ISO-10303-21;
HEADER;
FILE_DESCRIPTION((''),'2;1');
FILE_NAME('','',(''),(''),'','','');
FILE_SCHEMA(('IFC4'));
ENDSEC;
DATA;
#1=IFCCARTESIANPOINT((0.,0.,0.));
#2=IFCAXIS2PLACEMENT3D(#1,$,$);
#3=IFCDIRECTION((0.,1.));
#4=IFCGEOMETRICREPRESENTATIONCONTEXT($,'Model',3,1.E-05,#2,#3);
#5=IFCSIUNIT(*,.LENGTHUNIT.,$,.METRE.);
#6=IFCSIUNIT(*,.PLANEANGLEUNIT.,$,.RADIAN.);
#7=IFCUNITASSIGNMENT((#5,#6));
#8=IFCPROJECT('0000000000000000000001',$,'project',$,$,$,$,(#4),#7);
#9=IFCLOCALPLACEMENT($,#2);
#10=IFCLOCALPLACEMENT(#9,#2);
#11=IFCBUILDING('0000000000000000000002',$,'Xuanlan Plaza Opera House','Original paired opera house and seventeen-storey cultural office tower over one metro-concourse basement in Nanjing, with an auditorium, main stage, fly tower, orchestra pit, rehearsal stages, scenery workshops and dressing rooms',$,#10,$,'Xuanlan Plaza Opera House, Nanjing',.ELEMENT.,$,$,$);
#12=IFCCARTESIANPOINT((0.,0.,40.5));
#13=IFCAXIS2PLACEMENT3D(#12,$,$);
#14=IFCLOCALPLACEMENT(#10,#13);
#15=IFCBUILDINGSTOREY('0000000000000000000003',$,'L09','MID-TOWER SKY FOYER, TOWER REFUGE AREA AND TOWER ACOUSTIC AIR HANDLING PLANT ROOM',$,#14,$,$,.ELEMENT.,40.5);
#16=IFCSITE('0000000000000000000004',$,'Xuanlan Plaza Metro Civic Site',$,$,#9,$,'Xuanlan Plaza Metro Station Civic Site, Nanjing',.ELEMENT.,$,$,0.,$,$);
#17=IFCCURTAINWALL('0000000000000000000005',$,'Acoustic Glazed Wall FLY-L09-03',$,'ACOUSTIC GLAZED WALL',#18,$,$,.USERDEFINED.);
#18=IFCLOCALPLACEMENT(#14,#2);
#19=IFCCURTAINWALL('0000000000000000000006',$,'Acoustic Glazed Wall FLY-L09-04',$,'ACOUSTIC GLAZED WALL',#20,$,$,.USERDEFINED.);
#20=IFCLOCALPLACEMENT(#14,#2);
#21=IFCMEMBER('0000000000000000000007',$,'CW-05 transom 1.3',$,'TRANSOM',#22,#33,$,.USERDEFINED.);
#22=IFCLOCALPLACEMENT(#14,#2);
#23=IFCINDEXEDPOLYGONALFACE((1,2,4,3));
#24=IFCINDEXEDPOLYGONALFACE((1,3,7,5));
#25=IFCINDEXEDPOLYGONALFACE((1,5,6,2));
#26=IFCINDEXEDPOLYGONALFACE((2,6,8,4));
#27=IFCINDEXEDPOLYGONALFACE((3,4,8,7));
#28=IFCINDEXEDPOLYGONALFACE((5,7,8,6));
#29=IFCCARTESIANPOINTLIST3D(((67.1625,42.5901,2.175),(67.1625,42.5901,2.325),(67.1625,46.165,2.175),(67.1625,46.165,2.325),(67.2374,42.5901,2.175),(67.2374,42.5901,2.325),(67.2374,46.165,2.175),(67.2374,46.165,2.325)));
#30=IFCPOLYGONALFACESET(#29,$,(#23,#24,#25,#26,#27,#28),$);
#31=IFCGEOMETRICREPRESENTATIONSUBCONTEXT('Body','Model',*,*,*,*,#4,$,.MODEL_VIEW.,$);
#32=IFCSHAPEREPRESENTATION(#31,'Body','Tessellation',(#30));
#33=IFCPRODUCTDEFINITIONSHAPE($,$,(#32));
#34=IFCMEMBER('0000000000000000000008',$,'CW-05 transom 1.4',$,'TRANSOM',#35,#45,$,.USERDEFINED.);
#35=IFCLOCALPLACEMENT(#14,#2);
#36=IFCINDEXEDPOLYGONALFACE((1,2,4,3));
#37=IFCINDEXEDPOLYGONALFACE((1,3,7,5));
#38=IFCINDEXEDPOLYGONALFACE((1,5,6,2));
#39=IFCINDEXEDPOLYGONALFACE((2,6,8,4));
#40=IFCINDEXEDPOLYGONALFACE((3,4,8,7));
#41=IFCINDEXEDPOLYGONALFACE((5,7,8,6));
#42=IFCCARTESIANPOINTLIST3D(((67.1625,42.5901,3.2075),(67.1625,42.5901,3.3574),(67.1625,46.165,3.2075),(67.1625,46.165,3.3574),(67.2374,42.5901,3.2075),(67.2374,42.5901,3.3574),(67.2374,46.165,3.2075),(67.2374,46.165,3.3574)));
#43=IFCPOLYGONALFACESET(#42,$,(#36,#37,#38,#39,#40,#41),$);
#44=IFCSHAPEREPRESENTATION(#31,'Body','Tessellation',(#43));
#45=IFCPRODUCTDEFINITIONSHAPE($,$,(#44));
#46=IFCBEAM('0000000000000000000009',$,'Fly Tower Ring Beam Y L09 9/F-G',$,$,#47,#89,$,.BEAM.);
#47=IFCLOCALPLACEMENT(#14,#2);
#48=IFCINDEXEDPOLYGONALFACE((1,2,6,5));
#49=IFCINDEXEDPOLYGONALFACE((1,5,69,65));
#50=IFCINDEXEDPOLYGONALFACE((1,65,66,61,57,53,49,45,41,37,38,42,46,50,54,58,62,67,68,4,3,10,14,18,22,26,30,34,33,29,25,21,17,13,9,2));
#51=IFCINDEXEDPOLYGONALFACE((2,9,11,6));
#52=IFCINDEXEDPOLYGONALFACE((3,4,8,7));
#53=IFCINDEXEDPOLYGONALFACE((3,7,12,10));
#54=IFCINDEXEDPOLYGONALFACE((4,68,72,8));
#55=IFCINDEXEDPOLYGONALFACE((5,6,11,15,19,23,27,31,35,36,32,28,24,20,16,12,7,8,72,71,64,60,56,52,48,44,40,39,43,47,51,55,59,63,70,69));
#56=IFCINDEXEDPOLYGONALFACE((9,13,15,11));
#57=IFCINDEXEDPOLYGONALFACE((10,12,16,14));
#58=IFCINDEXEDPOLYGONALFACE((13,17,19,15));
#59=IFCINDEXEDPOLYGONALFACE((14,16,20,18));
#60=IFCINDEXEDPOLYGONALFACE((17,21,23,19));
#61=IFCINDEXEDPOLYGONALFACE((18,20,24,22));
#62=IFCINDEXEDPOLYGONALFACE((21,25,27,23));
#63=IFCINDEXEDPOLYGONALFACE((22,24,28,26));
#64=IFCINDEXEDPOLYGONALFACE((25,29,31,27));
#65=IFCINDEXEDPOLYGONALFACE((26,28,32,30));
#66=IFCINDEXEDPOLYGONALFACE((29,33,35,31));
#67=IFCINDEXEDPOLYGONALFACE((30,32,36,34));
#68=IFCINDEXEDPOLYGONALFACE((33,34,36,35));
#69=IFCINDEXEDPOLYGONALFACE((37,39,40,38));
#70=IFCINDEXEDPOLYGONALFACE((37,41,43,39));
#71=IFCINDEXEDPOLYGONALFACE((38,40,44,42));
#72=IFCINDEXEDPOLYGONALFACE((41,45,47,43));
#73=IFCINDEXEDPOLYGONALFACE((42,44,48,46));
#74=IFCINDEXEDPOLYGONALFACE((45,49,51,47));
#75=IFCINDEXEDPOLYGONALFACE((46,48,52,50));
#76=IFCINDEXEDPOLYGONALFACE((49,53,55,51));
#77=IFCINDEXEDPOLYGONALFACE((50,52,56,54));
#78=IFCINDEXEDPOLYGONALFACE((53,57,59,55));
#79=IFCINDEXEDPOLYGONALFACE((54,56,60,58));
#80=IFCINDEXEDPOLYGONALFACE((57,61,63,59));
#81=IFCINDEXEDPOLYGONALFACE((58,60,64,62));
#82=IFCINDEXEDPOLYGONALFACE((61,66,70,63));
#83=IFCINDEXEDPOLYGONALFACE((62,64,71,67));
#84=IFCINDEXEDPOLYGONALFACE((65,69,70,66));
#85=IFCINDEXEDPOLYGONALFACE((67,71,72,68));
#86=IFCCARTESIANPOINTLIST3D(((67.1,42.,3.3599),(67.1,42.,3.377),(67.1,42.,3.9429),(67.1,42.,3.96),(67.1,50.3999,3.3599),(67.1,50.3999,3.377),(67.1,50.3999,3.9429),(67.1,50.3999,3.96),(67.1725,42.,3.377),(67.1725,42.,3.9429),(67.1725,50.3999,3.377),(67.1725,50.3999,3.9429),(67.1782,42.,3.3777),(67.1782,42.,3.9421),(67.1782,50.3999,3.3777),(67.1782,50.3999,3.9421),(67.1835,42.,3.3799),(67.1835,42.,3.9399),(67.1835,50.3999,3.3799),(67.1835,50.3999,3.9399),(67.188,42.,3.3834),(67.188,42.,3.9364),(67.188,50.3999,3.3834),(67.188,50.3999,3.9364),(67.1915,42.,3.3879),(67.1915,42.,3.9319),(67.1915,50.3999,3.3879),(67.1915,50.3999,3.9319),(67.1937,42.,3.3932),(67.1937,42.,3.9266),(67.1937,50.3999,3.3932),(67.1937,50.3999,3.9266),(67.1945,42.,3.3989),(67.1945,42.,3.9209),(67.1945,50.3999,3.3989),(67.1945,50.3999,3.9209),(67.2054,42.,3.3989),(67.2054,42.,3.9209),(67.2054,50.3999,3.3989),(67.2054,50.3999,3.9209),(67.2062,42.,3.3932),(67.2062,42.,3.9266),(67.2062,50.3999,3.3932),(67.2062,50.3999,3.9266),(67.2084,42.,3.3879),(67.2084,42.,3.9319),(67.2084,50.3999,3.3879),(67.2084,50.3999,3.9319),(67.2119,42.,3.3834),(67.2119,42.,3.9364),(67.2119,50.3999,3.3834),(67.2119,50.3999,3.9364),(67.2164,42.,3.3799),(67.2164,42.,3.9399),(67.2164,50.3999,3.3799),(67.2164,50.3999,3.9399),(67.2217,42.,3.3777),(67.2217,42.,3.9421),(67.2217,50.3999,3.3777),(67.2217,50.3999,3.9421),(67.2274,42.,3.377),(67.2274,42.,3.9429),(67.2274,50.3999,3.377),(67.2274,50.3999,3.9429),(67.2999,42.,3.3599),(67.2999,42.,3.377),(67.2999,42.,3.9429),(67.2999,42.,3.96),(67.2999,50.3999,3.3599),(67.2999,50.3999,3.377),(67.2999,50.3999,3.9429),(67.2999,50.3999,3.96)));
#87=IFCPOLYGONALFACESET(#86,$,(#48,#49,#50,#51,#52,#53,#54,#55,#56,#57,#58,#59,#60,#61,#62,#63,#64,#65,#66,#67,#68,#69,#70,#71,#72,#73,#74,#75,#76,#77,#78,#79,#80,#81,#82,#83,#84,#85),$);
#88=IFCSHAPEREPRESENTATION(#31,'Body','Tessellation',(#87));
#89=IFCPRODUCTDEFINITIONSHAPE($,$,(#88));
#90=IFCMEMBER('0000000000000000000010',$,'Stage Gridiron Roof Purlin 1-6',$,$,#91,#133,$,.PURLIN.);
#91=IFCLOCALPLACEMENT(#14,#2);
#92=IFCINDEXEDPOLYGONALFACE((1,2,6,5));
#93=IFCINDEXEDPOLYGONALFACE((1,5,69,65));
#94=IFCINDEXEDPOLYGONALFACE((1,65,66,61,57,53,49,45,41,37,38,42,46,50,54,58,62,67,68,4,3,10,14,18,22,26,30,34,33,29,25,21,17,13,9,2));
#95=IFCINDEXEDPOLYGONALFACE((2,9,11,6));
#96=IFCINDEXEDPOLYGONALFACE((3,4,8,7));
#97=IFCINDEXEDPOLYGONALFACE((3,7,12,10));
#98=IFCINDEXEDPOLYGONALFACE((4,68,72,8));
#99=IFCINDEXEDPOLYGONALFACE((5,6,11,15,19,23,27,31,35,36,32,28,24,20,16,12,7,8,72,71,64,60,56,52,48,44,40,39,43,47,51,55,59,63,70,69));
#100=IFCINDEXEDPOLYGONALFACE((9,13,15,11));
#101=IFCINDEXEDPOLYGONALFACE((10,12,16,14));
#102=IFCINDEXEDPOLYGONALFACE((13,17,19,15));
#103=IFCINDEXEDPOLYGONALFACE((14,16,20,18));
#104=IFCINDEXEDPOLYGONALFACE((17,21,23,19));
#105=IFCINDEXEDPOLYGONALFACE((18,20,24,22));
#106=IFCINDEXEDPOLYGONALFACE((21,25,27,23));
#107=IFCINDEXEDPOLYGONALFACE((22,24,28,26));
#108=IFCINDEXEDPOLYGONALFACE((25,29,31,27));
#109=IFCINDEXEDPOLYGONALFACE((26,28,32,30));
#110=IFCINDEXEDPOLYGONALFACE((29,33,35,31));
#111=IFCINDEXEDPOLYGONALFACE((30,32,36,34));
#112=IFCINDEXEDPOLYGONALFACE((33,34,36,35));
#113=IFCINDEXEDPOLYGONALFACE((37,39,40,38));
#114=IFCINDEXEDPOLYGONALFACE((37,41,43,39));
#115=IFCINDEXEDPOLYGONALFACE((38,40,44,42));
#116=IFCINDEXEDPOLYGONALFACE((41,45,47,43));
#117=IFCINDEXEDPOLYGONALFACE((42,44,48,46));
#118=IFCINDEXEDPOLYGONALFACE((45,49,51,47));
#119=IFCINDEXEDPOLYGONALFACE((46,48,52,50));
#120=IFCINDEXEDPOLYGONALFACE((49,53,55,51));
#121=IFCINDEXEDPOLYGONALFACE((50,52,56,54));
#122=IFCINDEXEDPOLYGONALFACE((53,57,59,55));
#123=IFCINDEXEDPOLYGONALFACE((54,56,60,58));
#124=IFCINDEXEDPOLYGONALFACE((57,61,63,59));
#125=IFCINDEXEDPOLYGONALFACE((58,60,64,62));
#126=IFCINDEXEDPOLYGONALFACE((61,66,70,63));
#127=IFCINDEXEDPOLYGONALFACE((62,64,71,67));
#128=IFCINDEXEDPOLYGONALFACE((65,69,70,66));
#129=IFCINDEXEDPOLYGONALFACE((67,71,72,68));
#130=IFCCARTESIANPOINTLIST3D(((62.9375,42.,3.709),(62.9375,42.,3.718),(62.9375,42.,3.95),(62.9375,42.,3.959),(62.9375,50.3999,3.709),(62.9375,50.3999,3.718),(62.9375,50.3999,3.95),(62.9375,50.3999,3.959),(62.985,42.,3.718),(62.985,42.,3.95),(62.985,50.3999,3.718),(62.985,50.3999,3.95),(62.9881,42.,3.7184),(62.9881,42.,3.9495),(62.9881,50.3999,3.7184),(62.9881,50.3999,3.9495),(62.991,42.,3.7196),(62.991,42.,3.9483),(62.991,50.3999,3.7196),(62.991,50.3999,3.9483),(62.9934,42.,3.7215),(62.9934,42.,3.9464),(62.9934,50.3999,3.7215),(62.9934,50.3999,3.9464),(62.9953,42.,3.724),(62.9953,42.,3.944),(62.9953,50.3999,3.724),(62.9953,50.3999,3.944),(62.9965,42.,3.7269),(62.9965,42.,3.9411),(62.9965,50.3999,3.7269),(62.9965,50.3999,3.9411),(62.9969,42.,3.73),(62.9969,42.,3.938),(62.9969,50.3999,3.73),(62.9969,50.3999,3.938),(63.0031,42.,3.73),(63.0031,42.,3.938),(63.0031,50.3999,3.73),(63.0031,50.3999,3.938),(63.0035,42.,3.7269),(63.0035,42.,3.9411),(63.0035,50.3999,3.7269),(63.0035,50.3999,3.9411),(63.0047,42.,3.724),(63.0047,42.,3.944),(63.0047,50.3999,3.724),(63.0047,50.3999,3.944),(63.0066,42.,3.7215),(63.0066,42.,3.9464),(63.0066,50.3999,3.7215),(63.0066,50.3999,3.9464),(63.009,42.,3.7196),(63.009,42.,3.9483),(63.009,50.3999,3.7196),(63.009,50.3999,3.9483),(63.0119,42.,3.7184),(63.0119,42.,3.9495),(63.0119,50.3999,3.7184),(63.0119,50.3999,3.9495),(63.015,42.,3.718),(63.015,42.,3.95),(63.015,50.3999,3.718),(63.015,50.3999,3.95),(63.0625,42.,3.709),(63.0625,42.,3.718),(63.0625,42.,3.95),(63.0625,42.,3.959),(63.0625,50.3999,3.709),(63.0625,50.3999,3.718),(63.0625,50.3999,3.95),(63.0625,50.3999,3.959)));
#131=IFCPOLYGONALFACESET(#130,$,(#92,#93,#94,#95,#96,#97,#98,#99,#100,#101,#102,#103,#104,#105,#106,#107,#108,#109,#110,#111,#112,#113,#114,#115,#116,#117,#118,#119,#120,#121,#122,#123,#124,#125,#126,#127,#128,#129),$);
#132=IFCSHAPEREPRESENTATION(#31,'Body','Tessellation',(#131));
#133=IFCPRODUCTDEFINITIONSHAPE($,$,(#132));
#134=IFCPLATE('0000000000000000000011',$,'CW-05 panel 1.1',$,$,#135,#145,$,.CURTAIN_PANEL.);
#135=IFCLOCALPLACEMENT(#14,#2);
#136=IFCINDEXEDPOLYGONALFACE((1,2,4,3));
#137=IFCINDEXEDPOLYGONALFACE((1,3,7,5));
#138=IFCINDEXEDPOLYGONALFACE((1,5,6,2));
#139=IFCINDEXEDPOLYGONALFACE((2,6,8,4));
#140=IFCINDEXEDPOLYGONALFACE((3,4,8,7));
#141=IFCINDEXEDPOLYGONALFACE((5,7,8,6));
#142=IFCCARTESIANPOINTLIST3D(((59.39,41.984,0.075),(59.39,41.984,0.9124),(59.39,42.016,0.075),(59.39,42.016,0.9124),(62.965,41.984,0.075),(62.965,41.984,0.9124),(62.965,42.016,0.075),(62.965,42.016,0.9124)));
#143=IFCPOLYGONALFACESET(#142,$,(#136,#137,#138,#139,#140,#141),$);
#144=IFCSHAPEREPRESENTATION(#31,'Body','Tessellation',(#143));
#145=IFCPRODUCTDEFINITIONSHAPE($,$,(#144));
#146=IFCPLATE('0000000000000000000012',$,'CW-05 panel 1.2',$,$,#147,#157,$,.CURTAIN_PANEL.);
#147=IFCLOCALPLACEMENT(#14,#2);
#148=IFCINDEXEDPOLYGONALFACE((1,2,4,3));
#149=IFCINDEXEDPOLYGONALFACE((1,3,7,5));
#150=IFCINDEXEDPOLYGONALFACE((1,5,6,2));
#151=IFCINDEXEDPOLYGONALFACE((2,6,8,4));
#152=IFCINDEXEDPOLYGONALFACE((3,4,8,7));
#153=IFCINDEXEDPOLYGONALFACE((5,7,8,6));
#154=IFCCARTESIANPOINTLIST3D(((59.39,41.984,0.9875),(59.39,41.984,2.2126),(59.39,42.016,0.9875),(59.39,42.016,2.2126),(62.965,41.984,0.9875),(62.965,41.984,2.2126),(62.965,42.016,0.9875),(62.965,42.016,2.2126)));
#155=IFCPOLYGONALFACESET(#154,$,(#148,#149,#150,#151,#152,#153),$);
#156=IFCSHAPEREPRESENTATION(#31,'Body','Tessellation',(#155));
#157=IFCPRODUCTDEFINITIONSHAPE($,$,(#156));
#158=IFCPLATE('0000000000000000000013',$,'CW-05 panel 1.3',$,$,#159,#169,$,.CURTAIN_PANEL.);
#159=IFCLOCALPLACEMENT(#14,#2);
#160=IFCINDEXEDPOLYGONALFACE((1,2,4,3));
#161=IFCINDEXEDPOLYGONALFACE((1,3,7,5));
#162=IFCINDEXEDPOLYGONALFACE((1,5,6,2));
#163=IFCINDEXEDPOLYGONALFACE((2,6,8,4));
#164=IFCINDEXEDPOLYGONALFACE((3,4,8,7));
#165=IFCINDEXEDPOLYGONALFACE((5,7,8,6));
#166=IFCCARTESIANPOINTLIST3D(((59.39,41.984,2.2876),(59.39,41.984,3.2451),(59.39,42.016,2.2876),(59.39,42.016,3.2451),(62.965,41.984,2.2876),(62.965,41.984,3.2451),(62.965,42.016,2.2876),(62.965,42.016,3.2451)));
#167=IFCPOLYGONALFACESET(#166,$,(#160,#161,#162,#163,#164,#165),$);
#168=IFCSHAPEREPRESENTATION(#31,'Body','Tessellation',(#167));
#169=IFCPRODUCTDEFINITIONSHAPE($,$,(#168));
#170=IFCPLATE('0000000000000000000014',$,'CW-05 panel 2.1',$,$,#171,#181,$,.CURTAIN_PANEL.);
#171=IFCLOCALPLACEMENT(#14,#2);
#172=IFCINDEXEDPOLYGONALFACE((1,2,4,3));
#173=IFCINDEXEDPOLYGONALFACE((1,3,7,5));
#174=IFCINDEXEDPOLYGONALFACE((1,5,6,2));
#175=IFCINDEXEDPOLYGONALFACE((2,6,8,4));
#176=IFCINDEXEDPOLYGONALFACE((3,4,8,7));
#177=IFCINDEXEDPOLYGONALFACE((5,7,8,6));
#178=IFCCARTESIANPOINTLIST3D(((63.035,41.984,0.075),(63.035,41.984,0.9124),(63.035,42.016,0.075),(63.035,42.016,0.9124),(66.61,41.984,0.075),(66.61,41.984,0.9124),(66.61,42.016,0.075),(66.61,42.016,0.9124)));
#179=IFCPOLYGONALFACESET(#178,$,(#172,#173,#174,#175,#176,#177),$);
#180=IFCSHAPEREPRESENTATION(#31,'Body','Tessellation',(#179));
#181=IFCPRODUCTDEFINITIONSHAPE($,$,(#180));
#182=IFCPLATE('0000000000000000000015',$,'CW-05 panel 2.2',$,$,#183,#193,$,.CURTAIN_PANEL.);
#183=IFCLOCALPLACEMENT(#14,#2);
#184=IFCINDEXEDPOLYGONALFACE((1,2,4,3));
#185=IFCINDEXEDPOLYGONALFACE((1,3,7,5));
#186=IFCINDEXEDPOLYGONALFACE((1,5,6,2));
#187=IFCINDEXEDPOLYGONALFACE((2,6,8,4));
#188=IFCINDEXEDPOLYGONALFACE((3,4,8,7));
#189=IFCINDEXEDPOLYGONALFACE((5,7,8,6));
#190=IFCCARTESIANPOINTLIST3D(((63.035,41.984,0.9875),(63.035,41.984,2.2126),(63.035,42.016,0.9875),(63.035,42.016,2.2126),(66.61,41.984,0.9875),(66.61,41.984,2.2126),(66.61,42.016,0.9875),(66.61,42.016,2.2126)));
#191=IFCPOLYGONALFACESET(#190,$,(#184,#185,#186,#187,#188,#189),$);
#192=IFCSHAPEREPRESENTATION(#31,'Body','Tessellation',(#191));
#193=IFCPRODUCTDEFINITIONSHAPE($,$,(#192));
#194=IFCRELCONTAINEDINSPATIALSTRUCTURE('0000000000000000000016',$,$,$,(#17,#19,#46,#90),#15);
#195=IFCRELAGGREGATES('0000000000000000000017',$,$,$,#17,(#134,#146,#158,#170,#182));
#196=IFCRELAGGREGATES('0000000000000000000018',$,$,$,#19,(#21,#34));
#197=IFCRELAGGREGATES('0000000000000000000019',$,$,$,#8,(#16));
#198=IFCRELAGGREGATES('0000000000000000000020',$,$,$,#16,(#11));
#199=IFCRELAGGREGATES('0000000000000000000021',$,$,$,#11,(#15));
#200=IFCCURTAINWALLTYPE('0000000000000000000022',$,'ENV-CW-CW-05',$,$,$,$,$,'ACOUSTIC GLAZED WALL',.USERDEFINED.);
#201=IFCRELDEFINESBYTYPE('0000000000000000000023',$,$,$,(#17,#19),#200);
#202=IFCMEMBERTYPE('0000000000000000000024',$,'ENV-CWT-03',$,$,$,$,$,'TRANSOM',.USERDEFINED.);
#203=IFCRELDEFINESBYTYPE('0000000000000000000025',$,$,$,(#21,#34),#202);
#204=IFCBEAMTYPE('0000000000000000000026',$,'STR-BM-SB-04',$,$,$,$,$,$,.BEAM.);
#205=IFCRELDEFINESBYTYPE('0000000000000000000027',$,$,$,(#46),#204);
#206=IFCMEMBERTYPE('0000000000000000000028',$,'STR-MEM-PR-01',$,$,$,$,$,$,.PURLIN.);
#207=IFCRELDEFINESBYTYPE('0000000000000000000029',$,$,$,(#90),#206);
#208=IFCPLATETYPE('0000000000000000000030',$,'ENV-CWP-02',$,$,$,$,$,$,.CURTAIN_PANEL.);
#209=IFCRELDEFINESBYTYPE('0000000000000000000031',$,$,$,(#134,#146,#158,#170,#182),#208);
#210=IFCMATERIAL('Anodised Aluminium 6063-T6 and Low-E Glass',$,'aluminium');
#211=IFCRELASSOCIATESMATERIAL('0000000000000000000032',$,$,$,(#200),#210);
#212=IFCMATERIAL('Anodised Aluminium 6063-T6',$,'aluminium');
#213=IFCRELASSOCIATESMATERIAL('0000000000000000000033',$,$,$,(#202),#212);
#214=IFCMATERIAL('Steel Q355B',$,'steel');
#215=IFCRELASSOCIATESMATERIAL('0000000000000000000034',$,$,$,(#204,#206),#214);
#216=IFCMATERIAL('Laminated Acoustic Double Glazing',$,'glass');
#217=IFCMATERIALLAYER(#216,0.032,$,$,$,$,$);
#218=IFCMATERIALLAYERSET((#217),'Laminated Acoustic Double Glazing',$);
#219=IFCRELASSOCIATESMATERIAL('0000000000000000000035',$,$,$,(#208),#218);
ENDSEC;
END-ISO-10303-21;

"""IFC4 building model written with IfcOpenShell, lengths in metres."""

from ifc_helpers import new_model, si_unit, direction, frame, origin, origin_2d, place, context, subcontext, project, spatial, rectangle, i_section, extrude, material, layer, layer_set, material_profile, profile_set, type_object, element, aggregate, save


model = new_model("IFC4")

# Units and contexts
model_context = context("Model", 3, precision=1e-05, world=origin(), true_north=direction((0.0, 1.0)))
body_context = subcontext(model_context, "Body", "Model", "MODEL_VIEW")
ifc_project = project(units=[si_unit("LENGTHUNIT", "METRE"), si_unit("PLANEANGLEUNIT", "RADIAN")], contexts=[model_context])

# Site, building, storey
site_placement = place(None, origin())
site = spatial("IfcSite", under=ifc_project, at=site_placement, Name="Xuanlan Plaza Metro Civic Site", LongName="Xuanlan Plaza Metro Station Civic Site, Nanjing", CompositionType="ELEMENT", RefElevation=0.0)
building_placement = place(site_placement, origin())
building = spatial("IfcBuilding", under=site, at=building_placement, Name="Xuanlan Plaza Opera House", Description="Original paired opera house and seventeen-storey cultural office tower over one metro-concourse basement in Nanjing, with an auditorium, main stage, fly tower, orchestra pit, rehearsal stages, scenery workshops and dressing rooms", LongName="Xuanlan Plaza Opera House, Nanjing", CompositionType="ELEMENT")
storey_placement = place(building_placement, frame((0.0, 0.0, 40.5)))
storey = spatial("IfcBuildingStorey", under=building, at=storey_placement, Name="L09", Description="MID-TOWER SKY FOYER, TOWER REFUGE AREA AND TOWER ACOUSTIC AIR HANDLING PLANT ROOM", CompositionType="ELEMENT", Elevation=40.5)

# Curtain walls
ifc_material_1 = material(Name="Anodised Aluminium 6063-T6 and Low-E Glass", Category="aluminium")
curtain_wall_type = type_object("IfcCurtainWallType", Name="ENV-CW-CW-05", ElementType="ACOUSTIC GLAZED WALL", PredefinedType="USERDEFINED", material=ifc_material_1)
curtain_wall_1_placement = place(storey_placement, origin())
curtain_wall_1 = element("IfcCurtainWall", 1, at=curtain_wall_1_placement, inside=storey, type_object=curtain_wall_type, Name="Acoustic Glazed Wall FLY-L09-03", ObjectType="ACOUSTIC GLAZED WALL", PredefinedType="USERDEFINED")
ifc_material_2 = material(Name="Anodised Aluminium 6063-T6", Category="aluminium")
curtain_wall_2_placement = place(storey_placement, origin())
curtain_wall_2 = element("IfcCurtainWall", 2, at=curtain_wall_2_placement, inside=storey, type_object=curtain_wall_type, Name="Acoustic Glazed Wall FLY-L09-04", ObjectType="ACOUSTIC GLAZED WALL", PredefinedType="USERDEFINED")

# Members
ifc_material_profile_1 = material_profile(ifc_material_2, rectangle(XDim=0.075, YDim=0.1499, at=origin_2d()), Name="ALU-T 75x150")
ifc_profile_set_1 = profile_set([ifc_material_profile_1], Name="Anodised Aluminium 6063-T6")
member_type_1 = type_object("IfcMemberType", Name="ENV-CWT-03", ElementType="TRANSOM", PredefinedType="USERDEFINED", material=ifc_profile_set_1)
member_1_placement = place(storey_placement, frame((67.2, 42.5901, 2.25), z_axis=(0.0, 1.0, 0.0), x_axis=(-1.0, 0.0, 0.0)))
member_1 = element("IfcMember", 3, at=member_1_placement, type_object=member_type_1, Name="CW-05 transom 1.3", ObjectType="TRANSOM", PredefinedType="USERDEFINED", context=body_context, shape_type="SweptSolid", body=[
    extrude(rectangle(XDim=0.075, YDim=0.1499, at=origin_2d()), origin(), (0.0, 0.0, 1.0), 3.575),
])
member_2_placement = place(storey_placement, frame((67.2, 42.5901, 3.2825), z_axis=(0.0, 1.0, 0.0), x_axis=(-1.0, 0.0, 0.0)))
member_2 = element("IfcMember", 4, at=member_2_placement, type_object=member_type_1, Name="CW-05 transom 1.4", ObjectType="TRANSOM", PredefinedType="USERDEFINED", context=body_context, shape_type="SweptSolid", body=[
    extrude(rectangle(XDim=0.075, YDim=0.1499, at=origin_2d()), origin(), (0.0, 0.0, 1.0), 3.575),
])

# Beam
ifc_material_3 = material(Name="Steel Q355B", Category="steel")
ifc_material_profile_2 = material_profile(ifc_material_3, i_section(OverallWidth=0.2, OverallDepth=0.6001, WebThickness=0.011, FlangeThickness=0.0171, FilletRadius=0.022, at=origin_2d()), Name="HN 600x200x11x17")
ifc_profile_set_2 = profile_set([ifc_material_profile_2], Name="Steel Q355B")
beam_type = type_object("IfcBeamType", Name="STR-BM-SB-04", PredefinedType="BEAM", material=ifc_profile_set_2)
beam_placement = place(storey_placement, frame((67.2, 42.0, 3.6599), z_axis=(0.0, 1.0, 0.0), x_axis=(-1.0, 0.0, 0.0)))
element("IfcBeam", 5, at=beam_placement, inside=storey, type_object=beam_type, Name="Fly Tower Ring Beam Y L09 9/F-G", PredefinedType="BEAM", context=body_context, shape_type="SweptSolid", body=[
    extrude(i_section(OverallWidth=0.2, OverallDepth=0.6001, WebThickness=0.011, FlangeThickness=0.0171, FilletRadius=0.022, at=origin_2d()), origin(), (0.0, 0.0, 1.0), 8.3999),
])

# Member
ifc_material_profile_3 = material_profile(ifc_material_3, i_section(OverallWidth=0.125, OverallDepth=0.25, WebThickness=0.0061, FlangeThickness=0.009, FilletRadius=0.012, at=origin_2d()), Name="HN 250x125x6x9")
ifc_profile_set_3 = profile_set([ifc_material_profile_3], Name="Steel Q355B")
member_type_2 = type_object("IfcMemberType", Name="STR-MEM-PR-01", PredefinedType="PURLIN", material=ifc_profile_set_3)
member_3_placement = place(storey_placement, frame((63.0, 42.0, 3.834), z_axis=(0.0, 1.0, 0.0), x_axis=(-1.0, 0.0, 0.0)))
element("IfcMember", 6, at=member_3_placement, inside=storey, type_object=member_type_2, Name="Stage Gridiron Roof Purlin 1-6", PredefinedType="PURLIN", context=body_context, shape_type="SweptSolid", body=[
    extrude(i_section(OverallWidth=0.125, OverallDepth=0.25, WebThickness=0.0061, FlangeThickness=0.009, FilletRadius=0.012, at=origin_2d()), origin(), (0.0, 0.0, 1.0), 8.3999),
])

# Plates
ifc_material_4 = material(Name="Laminated Acoustic Double Glazing", Category="glass")
ifc_layer = layer(ifc_material_4, 0.032)
ifc_layer_set = layer_set([ifc_layer], Name="Laminated Acoustic Double Glazing")
plate_type = type_object("IfcPlateType", Name="ENV-CWP-02", PredefinedType="CURTAIN_PANEL", material=ifc_layer_set)
plate_1_placement = place(storey_placement, frame((61.1775, 42.0, 0.075), z_axis=(0.0, 0.0, 1.0), x_axis=(1.0, 0.0, 0.0)))
plate_1 = element("IfcPlate", 7, at=plate_1_placement, type_object=plate_type, Name="CW-05 panel 1.1", PredefinedType="CURTAIN_PANEL", context=body_context, shape_type="SweptSolid", body=[
    extrude(rectangle(XDim=3.575, YDim=0.032, at=origin_2d()), origin(), (0.0, 0.0, 1.0), 0.8374),
])
plate_2_placement = place(storey_placement, frame((61.1775, 42.0, 0.9875), z_axis=(0.0, 0.0, 1.0), x_axis=(1.0, 0.0, 0.0)))
plate_2 = element("IfcPlate", 8, at=plate_2_placement, type_object=plate_type, Name="CW-05 panel 1.2", PredefinedType="CURTAIN_PANEL", context=body_context, shape_type="SweptSolid", body=[
    extrude(rectangle(XDim=3.575, YDim=0.032, at=origin_2d()), origin(), (0.0, 0.0, 1.0), 1.2251),
])
plate_3_placement = place(storey_placement, frame((61.1775, 42.0, 2.2876), z_axis=(0.0, 0.0, 1.0), x_axis=(1.0, 0.0, 0.0)))
plate_3 = element("IfcPlate", 9, at=plate_3_placement, type_object=plate_type, Name="CW-05 panel 1.3", PredefinedType="CURTAIN_PANEL", context=body_context, shape_type="SweptSolid", body=[
    extrude(rectangle(XDim=3.575, YDim=0.032, at=origin_2d()), origin(), (0.0, 0.0, 1.0), 0.9575),
])
plate_4_placement = place(storey_placement, frame((64.8225, 42.0, 0.075), z_axis=(0.0, 0.0, 1.0), x_axis=(1.0, 0.0, 0.0)))
plate_4 = element("IfcPlate", 10, at=plate_4_placement, type_object=plate_type, Name="CW-05 panel 2.1", PredefinedType="CURTAIN_PANEL", context=body_context, shape_type="SweptSolid", body=[
    extrude(rectangle(XDim=3.575, YDim=0.032, at=origin_2d()), origin(), (0.0, 0.0, 1.0), 0.8374),
])
plate_5_placement = place(storey_placement, frame((64.8225, 42.0, 0.9875), z_axis=(0.0, 0.0, 1.0), x_axis=(1.0, 0.0, 0.0)))
plate_5 = element("IfcPlate", 11, at=plate_5_placement, type_object=plate_type, Name="CW-05 panel 2.2", PredefinedType="CURTAIN_PANEL", context=body_context, shape_type="SweptSolid", body=[
    extrude(rectangle(XDim=3.575, YDim=0.032, at=origin_2d()), origin(), (0.0, 0.0, 1.0), 1.2251),
])
aggregate(curtain_wall_1, [plate_1, plate_2, plate_3, plate_4, plate_5])
aggregate(curtain_wall_2, [member_1, member_2])

save(model, "model.ifc")
